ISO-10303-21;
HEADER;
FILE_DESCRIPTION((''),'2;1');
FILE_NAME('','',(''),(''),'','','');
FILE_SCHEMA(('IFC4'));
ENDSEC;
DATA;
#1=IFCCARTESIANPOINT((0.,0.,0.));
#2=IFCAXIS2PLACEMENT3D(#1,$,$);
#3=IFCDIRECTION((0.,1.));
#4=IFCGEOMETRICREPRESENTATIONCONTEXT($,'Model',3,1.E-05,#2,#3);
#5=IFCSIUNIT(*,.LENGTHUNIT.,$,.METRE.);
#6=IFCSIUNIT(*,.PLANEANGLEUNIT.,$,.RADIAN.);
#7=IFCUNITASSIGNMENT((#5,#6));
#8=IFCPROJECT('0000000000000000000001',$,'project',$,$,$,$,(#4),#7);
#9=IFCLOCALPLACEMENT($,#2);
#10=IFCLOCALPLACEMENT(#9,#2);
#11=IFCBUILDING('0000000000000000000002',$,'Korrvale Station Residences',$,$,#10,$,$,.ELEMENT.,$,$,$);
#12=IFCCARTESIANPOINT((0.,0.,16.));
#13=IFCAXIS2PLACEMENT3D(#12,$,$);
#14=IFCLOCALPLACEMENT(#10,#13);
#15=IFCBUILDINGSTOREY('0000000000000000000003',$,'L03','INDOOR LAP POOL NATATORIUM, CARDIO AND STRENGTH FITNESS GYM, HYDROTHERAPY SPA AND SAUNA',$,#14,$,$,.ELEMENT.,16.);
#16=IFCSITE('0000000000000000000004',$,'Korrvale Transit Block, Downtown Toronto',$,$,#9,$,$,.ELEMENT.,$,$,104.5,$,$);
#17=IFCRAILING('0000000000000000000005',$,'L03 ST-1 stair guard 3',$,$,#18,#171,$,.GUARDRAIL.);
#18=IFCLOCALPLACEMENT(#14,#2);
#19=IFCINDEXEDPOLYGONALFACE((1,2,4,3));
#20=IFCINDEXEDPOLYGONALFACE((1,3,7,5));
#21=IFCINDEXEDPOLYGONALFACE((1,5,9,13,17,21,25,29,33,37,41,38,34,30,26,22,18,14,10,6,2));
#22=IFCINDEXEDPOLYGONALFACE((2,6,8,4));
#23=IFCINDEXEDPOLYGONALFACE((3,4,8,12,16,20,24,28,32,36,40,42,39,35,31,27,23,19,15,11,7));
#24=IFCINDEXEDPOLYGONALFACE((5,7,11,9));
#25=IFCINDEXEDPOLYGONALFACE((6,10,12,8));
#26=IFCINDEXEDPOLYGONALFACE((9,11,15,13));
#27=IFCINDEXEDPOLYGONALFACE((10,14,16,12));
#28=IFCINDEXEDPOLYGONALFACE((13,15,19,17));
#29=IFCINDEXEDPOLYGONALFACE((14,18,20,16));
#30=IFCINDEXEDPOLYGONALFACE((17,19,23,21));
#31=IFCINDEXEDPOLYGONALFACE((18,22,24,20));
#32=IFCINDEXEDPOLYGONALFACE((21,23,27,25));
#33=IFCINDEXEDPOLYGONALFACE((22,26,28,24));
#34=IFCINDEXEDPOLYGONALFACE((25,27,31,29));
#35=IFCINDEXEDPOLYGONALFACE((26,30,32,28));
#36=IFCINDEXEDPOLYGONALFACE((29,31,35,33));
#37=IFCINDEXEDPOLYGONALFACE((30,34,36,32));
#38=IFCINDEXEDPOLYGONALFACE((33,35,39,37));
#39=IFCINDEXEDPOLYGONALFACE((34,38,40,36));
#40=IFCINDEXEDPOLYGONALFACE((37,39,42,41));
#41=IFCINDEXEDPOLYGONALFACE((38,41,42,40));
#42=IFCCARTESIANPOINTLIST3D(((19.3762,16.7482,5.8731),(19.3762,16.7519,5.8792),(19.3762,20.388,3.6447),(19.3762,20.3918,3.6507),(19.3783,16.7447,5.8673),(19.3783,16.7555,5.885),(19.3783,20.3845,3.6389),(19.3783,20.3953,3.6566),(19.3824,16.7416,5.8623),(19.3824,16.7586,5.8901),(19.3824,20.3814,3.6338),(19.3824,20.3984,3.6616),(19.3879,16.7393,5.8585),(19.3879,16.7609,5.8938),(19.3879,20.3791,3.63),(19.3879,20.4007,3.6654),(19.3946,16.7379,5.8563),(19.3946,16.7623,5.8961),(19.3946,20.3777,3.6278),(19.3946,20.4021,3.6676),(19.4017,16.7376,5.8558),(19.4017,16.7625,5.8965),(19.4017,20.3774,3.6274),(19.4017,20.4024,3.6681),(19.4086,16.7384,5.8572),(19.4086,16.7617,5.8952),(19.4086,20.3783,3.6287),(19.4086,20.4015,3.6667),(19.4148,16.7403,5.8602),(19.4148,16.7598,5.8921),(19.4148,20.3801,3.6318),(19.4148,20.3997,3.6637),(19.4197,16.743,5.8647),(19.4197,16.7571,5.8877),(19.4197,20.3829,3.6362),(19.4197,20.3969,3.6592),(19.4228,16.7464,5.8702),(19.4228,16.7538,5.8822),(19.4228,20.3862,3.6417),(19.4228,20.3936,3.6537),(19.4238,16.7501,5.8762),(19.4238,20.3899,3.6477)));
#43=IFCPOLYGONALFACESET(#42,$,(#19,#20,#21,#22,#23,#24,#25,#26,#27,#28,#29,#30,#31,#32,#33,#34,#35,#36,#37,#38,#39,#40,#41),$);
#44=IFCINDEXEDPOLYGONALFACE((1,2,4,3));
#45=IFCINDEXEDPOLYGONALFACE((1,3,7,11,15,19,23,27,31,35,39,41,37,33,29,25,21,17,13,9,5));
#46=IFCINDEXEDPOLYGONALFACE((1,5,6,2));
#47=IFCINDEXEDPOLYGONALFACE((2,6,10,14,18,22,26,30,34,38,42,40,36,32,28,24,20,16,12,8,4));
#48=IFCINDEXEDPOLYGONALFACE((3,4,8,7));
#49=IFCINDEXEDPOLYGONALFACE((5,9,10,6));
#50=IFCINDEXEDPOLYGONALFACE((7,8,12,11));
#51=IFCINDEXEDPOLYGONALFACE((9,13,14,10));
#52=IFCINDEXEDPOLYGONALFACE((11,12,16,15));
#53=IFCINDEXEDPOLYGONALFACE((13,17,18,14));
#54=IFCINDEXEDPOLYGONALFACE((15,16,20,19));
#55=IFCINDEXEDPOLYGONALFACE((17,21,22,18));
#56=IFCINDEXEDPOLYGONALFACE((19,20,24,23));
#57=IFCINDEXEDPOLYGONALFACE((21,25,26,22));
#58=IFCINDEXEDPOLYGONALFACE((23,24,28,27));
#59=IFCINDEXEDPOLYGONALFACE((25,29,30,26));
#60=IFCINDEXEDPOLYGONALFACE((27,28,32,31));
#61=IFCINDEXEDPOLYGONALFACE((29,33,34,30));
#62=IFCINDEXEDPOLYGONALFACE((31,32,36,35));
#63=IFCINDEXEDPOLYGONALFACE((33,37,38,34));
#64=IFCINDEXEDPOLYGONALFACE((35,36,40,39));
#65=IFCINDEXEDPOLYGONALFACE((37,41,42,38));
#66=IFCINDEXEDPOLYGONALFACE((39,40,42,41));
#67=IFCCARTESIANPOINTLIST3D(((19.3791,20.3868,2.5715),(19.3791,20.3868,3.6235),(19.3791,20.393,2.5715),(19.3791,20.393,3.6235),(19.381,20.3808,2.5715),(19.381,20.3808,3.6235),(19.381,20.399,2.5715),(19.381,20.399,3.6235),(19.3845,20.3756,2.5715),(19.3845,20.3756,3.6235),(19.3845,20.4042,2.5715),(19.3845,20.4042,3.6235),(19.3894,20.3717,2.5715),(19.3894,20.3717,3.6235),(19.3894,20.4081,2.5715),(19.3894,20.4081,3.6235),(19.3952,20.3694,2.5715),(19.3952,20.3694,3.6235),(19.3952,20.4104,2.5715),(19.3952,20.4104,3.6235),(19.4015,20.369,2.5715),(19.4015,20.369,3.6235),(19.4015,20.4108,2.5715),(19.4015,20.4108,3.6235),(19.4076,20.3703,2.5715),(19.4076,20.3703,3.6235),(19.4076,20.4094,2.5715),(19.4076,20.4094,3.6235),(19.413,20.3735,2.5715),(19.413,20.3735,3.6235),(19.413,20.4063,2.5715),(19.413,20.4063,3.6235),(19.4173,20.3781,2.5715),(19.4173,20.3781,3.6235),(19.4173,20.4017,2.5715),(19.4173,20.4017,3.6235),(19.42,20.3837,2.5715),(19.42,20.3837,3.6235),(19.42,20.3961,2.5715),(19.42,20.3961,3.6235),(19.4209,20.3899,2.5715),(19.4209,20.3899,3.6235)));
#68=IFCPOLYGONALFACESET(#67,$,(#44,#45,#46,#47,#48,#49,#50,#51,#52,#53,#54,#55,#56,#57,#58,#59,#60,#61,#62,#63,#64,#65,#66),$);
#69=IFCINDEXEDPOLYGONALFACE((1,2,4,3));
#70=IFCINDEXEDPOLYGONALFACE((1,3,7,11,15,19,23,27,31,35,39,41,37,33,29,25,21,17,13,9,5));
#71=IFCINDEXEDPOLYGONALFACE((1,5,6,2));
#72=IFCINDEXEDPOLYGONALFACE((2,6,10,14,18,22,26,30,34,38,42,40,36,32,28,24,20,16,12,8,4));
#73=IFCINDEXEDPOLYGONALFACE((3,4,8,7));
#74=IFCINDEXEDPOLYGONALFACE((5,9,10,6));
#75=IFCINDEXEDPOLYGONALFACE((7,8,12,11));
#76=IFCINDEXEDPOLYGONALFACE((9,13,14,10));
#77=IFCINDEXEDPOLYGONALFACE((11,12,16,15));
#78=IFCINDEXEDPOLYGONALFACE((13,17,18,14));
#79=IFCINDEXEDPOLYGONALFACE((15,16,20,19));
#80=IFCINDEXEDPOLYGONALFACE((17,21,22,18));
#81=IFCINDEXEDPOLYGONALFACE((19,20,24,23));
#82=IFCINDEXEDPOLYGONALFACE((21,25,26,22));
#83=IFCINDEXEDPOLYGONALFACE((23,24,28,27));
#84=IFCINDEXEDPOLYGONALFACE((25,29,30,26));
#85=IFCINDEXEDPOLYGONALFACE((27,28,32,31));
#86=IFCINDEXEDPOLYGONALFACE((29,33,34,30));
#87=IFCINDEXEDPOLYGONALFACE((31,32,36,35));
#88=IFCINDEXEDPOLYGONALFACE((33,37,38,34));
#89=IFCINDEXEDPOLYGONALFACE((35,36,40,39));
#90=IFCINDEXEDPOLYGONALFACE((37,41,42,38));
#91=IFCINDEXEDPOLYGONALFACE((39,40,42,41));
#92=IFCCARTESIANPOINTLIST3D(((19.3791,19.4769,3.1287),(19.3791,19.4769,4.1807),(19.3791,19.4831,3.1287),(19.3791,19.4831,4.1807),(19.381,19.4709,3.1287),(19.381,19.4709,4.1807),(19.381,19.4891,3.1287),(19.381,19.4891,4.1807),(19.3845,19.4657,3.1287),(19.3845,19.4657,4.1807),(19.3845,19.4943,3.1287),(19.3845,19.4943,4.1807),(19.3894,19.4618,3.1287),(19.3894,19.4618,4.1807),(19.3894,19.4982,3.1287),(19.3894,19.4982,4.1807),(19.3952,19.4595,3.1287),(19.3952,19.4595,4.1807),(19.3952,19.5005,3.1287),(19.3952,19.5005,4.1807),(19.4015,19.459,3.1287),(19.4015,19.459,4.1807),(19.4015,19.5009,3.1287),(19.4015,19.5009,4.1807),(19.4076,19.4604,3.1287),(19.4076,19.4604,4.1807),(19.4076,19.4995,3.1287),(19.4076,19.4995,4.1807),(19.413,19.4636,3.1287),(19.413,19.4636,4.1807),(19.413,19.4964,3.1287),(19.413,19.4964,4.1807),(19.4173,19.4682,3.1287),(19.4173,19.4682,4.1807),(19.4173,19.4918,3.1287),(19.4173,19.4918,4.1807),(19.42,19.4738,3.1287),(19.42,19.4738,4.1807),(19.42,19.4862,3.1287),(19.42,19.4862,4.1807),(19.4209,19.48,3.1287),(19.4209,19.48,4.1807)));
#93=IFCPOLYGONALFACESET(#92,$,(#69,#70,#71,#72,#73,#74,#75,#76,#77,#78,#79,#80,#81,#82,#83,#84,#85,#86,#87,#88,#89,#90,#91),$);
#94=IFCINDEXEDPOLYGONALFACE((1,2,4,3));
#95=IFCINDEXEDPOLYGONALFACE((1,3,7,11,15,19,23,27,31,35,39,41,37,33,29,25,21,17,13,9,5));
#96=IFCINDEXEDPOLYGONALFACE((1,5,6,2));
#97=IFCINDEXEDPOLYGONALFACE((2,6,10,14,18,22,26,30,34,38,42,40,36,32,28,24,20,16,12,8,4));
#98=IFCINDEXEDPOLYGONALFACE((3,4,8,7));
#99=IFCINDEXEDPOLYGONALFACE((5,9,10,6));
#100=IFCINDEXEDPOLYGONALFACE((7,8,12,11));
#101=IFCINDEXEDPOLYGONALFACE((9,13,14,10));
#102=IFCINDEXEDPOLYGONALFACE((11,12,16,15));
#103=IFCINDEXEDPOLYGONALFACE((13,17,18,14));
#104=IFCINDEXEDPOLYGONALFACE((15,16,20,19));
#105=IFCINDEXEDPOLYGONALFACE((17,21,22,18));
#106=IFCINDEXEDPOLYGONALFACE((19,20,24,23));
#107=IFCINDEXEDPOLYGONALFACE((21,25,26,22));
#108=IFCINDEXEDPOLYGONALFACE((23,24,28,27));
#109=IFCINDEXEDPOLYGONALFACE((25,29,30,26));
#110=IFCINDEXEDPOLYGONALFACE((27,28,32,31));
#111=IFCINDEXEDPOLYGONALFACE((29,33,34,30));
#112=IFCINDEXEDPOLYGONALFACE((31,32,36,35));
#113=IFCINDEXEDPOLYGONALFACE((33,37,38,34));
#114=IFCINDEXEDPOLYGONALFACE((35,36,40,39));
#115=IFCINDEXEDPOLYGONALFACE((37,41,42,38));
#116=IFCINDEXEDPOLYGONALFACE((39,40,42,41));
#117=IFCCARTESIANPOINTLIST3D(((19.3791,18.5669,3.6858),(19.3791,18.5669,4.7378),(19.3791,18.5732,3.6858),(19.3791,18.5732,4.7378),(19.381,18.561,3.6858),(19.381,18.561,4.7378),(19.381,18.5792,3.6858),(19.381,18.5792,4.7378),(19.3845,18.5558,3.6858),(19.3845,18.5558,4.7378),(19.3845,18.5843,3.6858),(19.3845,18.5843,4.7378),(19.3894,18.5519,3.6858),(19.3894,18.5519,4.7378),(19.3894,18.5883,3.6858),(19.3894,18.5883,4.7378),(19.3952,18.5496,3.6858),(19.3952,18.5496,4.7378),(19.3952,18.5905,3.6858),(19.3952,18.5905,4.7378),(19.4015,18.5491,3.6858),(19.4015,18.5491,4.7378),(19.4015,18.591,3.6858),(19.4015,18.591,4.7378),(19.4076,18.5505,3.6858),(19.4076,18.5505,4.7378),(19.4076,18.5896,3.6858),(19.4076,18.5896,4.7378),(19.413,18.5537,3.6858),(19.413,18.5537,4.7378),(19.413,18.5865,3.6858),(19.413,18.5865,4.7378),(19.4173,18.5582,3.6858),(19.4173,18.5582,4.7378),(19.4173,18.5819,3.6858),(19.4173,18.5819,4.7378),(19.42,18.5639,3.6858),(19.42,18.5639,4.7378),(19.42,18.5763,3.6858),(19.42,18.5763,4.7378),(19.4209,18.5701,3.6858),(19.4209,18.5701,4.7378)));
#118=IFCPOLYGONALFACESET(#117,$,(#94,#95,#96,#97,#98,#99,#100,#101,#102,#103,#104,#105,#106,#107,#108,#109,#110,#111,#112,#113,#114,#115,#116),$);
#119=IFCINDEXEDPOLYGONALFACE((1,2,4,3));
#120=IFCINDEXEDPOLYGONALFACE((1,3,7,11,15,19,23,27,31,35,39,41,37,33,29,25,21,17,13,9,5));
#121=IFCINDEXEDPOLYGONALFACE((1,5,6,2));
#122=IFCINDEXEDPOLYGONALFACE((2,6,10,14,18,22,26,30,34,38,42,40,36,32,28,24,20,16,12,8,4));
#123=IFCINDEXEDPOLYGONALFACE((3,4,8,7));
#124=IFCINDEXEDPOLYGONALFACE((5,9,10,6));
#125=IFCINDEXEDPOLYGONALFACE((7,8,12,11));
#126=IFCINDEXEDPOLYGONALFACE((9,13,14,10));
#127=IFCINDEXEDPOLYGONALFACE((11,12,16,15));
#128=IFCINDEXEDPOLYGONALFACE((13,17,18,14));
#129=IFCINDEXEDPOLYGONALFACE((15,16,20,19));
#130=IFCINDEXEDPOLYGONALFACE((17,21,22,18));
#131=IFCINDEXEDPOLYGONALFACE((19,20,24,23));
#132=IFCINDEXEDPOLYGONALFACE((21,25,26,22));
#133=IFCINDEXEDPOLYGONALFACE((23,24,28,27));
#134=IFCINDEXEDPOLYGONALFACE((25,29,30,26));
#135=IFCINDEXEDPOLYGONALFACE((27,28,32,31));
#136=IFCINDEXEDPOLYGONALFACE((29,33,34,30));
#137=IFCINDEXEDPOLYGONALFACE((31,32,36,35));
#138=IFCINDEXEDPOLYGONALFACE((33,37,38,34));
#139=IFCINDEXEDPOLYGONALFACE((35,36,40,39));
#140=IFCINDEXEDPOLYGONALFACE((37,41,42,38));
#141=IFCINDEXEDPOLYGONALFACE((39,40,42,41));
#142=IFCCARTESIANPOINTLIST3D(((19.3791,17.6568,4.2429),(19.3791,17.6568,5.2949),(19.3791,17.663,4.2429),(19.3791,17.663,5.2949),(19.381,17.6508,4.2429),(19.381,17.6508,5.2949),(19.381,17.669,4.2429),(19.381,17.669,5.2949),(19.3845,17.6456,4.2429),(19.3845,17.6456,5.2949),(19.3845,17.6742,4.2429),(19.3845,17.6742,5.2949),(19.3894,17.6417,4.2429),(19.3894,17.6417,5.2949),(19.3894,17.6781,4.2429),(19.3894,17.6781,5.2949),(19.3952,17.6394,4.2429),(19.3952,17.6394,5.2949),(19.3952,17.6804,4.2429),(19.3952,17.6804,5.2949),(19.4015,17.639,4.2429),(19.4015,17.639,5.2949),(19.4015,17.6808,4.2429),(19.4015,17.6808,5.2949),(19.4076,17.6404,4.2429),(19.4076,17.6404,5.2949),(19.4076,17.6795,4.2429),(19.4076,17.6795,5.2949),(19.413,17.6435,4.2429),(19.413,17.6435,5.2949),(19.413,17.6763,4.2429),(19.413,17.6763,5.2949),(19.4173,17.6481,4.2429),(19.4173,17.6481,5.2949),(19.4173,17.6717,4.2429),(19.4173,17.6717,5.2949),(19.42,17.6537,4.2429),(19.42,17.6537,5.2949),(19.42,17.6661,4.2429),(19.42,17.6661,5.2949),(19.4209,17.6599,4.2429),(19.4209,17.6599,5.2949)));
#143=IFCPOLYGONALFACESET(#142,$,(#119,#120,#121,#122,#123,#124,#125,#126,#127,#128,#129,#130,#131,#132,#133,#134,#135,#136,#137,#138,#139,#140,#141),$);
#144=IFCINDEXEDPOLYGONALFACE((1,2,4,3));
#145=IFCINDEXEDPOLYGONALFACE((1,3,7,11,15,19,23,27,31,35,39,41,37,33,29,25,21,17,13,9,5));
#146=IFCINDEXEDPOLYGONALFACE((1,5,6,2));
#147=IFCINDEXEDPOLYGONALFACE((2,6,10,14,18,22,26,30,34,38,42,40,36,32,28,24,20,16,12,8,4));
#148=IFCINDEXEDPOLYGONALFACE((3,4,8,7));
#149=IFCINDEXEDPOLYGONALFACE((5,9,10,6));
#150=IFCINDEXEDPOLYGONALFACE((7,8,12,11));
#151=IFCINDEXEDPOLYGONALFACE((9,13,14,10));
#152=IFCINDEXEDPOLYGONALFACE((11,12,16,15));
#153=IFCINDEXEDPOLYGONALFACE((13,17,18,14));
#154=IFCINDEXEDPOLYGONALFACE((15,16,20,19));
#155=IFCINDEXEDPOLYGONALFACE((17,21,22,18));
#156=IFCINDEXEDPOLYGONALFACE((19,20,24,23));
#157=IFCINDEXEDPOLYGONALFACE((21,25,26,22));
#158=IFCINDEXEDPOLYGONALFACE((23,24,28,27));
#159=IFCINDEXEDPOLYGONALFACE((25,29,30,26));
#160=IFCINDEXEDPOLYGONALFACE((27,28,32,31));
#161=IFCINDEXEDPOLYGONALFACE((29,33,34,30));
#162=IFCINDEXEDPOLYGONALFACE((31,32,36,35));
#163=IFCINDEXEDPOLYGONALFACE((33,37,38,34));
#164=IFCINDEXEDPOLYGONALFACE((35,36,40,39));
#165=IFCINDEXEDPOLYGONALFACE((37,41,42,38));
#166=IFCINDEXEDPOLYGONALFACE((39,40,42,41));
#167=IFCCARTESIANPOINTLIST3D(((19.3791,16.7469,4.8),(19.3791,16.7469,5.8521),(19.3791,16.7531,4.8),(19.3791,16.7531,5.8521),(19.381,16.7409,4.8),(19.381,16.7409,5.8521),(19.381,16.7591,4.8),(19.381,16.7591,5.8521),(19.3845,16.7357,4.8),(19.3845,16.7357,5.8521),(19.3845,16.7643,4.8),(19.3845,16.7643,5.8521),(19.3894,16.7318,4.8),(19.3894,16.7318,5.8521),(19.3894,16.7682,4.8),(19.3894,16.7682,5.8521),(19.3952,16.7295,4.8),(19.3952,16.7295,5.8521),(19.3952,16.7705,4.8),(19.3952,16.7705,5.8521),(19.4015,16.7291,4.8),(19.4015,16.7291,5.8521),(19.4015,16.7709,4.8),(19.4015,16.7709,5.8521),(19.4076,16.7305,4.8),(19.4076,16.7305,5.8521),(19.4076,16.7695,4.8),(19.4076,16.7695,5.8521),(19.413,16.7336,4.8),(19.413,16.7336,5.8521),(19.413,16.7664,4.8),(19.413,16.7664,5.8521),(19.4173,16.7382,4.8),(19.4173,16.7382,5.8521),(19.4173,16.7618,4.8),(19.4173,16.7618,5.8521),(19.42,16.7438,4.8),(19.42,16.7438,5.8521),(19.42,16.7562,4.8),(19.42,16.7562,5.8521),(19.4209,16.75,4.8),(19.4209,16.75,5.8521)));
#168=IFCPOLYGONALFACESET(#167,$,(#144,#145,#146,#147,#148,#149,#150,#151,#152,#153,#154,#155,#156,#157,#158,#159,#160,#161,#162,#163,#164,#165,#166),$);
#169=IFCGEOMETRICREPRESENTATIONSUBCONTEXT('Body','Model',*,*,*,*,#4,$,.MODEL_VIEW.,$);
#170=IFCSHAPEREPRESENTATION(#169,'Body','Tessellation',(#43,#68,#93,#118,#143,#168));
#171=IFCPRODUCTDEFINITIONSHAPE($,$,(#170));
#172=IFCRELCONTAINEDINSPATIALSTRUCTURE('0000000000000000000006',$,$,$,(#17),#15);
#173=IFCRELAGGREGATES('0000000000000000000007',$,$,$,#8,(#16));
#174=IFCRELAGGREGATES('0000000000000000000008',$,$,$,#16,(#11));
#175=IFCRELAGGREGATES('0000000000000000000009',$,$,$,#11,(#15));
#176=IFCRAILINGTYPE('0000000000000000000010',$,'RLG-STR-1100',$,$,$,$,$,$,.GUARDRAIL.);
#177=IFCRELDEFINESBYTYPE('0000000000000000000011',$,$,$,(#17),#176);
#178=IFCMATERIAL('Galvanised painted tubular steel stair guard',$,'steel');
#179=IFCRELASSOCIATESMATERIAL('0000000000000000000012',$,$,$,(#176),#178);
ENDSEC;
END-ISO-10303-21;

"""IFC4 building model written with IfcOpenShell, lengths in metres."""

from ifc_helpers import new_model, si_unit, direction, frame, origin, origin_2d, place, context, subcontext, project, spatial, circle, extrude, material, type_object, element, save


model = new_model("IFC4")

# Units and contexts
model_context = context("Model", 3, precision=1e-05, world=origin(), true_north=direction((0.0, 1.0)))
body_context = subcontext(model_context, "Body", "Model", "MODEL_VIEW")
ifc_project = project(units=[si_unit("LENGTHUNIT", "METRE"), si_unit("PLANEANGLEUNIT", "RADIAN")], contexts=[model_context])

# Site, building, storey
site_placement = place(None, origin())
site = spatial("IfcSite", under=ifc_project, at=site_placement, Name="Korrvale Transit Block, Downtown Toronto", CompositionType="ELEMENT", RefElevation=104.5)
building_placement = place(site_placement, origin())
building = spatial("IfcBuilding", under=site, at=building_placement, Name="Korrvale Station Residences", CompositionType="ELEMENT")
storey_placement = place(building_placement, frame((0.0, 0.0, 16.0)))
storey = spatial("IfcBuildingStorey", under=building, at=storey_placement, Name="L03", Description="INDOOR LAP POOL NATATORIUM, CARDIO AND STRENGTH FITNESS GYM, HYDROTHERAPY SPA AND SAUNA", CompositionType="ELEMENT", Elevation=16.0)

# Railing
ifc_material_1 = material(Name="Galvanised painted tubular steel stair guard", Category="steel")
railing_type_1 = type_object("IfcRailingType", Name="RLG-STR-1100", PredefinedType="GUARDRAIL", material=ifc_material_1)
railing_1_placement = place(storey_placement, frame((19.3999, 20.3899, 2.5715)))
element("IfcRailing", 1, at=railing_1_placement, inside=storey, type_object=railing_type_1, Name="L03 ST-1 stair guard 3", PredefinedType="GUARDRAIL", context=body_context, shape_type="SweptSolid", body=[
    extrude(circle(Radius=0.0239, at=origin_2d()), frame((0.0, 0.0, 1.0762), z_axis=(0.0, -0.85285, 0.522156), x_axis=(1.0, 0.0, 0.0)), (0.0, 0.0, 1.0), 4.2678),
    extrude(circle(Radius=0.021, at=origin_2d()), origin(), (0.0, 0.0, 1.0), 1.052),
    extrude(circle(Radius=0.021, at=origin_2d()), frame((0.0, -0.9099, 0.5571)), (0.0, 0.0, 1.0), 1.052),
    extrude(circle(Radius=0.021, at=origin_2d()), frame((0.0, -1.8198, 1.1143)), (0.0, 0.0, 1.0), 1.052),
    extrude(circle(Radius=0.021, at=origin_2d()), frame((0.0, -2.73, 1.6714)), (0.0, 0.0, 1.0), 1.052),
    extrude(circle(Radius=0.021, at=origin_2d()), frame((0.0, -3.6399, 2.2285)), (0.0, 0.0, 1.0), 1.052),
])

save(model, "model.ifc")
